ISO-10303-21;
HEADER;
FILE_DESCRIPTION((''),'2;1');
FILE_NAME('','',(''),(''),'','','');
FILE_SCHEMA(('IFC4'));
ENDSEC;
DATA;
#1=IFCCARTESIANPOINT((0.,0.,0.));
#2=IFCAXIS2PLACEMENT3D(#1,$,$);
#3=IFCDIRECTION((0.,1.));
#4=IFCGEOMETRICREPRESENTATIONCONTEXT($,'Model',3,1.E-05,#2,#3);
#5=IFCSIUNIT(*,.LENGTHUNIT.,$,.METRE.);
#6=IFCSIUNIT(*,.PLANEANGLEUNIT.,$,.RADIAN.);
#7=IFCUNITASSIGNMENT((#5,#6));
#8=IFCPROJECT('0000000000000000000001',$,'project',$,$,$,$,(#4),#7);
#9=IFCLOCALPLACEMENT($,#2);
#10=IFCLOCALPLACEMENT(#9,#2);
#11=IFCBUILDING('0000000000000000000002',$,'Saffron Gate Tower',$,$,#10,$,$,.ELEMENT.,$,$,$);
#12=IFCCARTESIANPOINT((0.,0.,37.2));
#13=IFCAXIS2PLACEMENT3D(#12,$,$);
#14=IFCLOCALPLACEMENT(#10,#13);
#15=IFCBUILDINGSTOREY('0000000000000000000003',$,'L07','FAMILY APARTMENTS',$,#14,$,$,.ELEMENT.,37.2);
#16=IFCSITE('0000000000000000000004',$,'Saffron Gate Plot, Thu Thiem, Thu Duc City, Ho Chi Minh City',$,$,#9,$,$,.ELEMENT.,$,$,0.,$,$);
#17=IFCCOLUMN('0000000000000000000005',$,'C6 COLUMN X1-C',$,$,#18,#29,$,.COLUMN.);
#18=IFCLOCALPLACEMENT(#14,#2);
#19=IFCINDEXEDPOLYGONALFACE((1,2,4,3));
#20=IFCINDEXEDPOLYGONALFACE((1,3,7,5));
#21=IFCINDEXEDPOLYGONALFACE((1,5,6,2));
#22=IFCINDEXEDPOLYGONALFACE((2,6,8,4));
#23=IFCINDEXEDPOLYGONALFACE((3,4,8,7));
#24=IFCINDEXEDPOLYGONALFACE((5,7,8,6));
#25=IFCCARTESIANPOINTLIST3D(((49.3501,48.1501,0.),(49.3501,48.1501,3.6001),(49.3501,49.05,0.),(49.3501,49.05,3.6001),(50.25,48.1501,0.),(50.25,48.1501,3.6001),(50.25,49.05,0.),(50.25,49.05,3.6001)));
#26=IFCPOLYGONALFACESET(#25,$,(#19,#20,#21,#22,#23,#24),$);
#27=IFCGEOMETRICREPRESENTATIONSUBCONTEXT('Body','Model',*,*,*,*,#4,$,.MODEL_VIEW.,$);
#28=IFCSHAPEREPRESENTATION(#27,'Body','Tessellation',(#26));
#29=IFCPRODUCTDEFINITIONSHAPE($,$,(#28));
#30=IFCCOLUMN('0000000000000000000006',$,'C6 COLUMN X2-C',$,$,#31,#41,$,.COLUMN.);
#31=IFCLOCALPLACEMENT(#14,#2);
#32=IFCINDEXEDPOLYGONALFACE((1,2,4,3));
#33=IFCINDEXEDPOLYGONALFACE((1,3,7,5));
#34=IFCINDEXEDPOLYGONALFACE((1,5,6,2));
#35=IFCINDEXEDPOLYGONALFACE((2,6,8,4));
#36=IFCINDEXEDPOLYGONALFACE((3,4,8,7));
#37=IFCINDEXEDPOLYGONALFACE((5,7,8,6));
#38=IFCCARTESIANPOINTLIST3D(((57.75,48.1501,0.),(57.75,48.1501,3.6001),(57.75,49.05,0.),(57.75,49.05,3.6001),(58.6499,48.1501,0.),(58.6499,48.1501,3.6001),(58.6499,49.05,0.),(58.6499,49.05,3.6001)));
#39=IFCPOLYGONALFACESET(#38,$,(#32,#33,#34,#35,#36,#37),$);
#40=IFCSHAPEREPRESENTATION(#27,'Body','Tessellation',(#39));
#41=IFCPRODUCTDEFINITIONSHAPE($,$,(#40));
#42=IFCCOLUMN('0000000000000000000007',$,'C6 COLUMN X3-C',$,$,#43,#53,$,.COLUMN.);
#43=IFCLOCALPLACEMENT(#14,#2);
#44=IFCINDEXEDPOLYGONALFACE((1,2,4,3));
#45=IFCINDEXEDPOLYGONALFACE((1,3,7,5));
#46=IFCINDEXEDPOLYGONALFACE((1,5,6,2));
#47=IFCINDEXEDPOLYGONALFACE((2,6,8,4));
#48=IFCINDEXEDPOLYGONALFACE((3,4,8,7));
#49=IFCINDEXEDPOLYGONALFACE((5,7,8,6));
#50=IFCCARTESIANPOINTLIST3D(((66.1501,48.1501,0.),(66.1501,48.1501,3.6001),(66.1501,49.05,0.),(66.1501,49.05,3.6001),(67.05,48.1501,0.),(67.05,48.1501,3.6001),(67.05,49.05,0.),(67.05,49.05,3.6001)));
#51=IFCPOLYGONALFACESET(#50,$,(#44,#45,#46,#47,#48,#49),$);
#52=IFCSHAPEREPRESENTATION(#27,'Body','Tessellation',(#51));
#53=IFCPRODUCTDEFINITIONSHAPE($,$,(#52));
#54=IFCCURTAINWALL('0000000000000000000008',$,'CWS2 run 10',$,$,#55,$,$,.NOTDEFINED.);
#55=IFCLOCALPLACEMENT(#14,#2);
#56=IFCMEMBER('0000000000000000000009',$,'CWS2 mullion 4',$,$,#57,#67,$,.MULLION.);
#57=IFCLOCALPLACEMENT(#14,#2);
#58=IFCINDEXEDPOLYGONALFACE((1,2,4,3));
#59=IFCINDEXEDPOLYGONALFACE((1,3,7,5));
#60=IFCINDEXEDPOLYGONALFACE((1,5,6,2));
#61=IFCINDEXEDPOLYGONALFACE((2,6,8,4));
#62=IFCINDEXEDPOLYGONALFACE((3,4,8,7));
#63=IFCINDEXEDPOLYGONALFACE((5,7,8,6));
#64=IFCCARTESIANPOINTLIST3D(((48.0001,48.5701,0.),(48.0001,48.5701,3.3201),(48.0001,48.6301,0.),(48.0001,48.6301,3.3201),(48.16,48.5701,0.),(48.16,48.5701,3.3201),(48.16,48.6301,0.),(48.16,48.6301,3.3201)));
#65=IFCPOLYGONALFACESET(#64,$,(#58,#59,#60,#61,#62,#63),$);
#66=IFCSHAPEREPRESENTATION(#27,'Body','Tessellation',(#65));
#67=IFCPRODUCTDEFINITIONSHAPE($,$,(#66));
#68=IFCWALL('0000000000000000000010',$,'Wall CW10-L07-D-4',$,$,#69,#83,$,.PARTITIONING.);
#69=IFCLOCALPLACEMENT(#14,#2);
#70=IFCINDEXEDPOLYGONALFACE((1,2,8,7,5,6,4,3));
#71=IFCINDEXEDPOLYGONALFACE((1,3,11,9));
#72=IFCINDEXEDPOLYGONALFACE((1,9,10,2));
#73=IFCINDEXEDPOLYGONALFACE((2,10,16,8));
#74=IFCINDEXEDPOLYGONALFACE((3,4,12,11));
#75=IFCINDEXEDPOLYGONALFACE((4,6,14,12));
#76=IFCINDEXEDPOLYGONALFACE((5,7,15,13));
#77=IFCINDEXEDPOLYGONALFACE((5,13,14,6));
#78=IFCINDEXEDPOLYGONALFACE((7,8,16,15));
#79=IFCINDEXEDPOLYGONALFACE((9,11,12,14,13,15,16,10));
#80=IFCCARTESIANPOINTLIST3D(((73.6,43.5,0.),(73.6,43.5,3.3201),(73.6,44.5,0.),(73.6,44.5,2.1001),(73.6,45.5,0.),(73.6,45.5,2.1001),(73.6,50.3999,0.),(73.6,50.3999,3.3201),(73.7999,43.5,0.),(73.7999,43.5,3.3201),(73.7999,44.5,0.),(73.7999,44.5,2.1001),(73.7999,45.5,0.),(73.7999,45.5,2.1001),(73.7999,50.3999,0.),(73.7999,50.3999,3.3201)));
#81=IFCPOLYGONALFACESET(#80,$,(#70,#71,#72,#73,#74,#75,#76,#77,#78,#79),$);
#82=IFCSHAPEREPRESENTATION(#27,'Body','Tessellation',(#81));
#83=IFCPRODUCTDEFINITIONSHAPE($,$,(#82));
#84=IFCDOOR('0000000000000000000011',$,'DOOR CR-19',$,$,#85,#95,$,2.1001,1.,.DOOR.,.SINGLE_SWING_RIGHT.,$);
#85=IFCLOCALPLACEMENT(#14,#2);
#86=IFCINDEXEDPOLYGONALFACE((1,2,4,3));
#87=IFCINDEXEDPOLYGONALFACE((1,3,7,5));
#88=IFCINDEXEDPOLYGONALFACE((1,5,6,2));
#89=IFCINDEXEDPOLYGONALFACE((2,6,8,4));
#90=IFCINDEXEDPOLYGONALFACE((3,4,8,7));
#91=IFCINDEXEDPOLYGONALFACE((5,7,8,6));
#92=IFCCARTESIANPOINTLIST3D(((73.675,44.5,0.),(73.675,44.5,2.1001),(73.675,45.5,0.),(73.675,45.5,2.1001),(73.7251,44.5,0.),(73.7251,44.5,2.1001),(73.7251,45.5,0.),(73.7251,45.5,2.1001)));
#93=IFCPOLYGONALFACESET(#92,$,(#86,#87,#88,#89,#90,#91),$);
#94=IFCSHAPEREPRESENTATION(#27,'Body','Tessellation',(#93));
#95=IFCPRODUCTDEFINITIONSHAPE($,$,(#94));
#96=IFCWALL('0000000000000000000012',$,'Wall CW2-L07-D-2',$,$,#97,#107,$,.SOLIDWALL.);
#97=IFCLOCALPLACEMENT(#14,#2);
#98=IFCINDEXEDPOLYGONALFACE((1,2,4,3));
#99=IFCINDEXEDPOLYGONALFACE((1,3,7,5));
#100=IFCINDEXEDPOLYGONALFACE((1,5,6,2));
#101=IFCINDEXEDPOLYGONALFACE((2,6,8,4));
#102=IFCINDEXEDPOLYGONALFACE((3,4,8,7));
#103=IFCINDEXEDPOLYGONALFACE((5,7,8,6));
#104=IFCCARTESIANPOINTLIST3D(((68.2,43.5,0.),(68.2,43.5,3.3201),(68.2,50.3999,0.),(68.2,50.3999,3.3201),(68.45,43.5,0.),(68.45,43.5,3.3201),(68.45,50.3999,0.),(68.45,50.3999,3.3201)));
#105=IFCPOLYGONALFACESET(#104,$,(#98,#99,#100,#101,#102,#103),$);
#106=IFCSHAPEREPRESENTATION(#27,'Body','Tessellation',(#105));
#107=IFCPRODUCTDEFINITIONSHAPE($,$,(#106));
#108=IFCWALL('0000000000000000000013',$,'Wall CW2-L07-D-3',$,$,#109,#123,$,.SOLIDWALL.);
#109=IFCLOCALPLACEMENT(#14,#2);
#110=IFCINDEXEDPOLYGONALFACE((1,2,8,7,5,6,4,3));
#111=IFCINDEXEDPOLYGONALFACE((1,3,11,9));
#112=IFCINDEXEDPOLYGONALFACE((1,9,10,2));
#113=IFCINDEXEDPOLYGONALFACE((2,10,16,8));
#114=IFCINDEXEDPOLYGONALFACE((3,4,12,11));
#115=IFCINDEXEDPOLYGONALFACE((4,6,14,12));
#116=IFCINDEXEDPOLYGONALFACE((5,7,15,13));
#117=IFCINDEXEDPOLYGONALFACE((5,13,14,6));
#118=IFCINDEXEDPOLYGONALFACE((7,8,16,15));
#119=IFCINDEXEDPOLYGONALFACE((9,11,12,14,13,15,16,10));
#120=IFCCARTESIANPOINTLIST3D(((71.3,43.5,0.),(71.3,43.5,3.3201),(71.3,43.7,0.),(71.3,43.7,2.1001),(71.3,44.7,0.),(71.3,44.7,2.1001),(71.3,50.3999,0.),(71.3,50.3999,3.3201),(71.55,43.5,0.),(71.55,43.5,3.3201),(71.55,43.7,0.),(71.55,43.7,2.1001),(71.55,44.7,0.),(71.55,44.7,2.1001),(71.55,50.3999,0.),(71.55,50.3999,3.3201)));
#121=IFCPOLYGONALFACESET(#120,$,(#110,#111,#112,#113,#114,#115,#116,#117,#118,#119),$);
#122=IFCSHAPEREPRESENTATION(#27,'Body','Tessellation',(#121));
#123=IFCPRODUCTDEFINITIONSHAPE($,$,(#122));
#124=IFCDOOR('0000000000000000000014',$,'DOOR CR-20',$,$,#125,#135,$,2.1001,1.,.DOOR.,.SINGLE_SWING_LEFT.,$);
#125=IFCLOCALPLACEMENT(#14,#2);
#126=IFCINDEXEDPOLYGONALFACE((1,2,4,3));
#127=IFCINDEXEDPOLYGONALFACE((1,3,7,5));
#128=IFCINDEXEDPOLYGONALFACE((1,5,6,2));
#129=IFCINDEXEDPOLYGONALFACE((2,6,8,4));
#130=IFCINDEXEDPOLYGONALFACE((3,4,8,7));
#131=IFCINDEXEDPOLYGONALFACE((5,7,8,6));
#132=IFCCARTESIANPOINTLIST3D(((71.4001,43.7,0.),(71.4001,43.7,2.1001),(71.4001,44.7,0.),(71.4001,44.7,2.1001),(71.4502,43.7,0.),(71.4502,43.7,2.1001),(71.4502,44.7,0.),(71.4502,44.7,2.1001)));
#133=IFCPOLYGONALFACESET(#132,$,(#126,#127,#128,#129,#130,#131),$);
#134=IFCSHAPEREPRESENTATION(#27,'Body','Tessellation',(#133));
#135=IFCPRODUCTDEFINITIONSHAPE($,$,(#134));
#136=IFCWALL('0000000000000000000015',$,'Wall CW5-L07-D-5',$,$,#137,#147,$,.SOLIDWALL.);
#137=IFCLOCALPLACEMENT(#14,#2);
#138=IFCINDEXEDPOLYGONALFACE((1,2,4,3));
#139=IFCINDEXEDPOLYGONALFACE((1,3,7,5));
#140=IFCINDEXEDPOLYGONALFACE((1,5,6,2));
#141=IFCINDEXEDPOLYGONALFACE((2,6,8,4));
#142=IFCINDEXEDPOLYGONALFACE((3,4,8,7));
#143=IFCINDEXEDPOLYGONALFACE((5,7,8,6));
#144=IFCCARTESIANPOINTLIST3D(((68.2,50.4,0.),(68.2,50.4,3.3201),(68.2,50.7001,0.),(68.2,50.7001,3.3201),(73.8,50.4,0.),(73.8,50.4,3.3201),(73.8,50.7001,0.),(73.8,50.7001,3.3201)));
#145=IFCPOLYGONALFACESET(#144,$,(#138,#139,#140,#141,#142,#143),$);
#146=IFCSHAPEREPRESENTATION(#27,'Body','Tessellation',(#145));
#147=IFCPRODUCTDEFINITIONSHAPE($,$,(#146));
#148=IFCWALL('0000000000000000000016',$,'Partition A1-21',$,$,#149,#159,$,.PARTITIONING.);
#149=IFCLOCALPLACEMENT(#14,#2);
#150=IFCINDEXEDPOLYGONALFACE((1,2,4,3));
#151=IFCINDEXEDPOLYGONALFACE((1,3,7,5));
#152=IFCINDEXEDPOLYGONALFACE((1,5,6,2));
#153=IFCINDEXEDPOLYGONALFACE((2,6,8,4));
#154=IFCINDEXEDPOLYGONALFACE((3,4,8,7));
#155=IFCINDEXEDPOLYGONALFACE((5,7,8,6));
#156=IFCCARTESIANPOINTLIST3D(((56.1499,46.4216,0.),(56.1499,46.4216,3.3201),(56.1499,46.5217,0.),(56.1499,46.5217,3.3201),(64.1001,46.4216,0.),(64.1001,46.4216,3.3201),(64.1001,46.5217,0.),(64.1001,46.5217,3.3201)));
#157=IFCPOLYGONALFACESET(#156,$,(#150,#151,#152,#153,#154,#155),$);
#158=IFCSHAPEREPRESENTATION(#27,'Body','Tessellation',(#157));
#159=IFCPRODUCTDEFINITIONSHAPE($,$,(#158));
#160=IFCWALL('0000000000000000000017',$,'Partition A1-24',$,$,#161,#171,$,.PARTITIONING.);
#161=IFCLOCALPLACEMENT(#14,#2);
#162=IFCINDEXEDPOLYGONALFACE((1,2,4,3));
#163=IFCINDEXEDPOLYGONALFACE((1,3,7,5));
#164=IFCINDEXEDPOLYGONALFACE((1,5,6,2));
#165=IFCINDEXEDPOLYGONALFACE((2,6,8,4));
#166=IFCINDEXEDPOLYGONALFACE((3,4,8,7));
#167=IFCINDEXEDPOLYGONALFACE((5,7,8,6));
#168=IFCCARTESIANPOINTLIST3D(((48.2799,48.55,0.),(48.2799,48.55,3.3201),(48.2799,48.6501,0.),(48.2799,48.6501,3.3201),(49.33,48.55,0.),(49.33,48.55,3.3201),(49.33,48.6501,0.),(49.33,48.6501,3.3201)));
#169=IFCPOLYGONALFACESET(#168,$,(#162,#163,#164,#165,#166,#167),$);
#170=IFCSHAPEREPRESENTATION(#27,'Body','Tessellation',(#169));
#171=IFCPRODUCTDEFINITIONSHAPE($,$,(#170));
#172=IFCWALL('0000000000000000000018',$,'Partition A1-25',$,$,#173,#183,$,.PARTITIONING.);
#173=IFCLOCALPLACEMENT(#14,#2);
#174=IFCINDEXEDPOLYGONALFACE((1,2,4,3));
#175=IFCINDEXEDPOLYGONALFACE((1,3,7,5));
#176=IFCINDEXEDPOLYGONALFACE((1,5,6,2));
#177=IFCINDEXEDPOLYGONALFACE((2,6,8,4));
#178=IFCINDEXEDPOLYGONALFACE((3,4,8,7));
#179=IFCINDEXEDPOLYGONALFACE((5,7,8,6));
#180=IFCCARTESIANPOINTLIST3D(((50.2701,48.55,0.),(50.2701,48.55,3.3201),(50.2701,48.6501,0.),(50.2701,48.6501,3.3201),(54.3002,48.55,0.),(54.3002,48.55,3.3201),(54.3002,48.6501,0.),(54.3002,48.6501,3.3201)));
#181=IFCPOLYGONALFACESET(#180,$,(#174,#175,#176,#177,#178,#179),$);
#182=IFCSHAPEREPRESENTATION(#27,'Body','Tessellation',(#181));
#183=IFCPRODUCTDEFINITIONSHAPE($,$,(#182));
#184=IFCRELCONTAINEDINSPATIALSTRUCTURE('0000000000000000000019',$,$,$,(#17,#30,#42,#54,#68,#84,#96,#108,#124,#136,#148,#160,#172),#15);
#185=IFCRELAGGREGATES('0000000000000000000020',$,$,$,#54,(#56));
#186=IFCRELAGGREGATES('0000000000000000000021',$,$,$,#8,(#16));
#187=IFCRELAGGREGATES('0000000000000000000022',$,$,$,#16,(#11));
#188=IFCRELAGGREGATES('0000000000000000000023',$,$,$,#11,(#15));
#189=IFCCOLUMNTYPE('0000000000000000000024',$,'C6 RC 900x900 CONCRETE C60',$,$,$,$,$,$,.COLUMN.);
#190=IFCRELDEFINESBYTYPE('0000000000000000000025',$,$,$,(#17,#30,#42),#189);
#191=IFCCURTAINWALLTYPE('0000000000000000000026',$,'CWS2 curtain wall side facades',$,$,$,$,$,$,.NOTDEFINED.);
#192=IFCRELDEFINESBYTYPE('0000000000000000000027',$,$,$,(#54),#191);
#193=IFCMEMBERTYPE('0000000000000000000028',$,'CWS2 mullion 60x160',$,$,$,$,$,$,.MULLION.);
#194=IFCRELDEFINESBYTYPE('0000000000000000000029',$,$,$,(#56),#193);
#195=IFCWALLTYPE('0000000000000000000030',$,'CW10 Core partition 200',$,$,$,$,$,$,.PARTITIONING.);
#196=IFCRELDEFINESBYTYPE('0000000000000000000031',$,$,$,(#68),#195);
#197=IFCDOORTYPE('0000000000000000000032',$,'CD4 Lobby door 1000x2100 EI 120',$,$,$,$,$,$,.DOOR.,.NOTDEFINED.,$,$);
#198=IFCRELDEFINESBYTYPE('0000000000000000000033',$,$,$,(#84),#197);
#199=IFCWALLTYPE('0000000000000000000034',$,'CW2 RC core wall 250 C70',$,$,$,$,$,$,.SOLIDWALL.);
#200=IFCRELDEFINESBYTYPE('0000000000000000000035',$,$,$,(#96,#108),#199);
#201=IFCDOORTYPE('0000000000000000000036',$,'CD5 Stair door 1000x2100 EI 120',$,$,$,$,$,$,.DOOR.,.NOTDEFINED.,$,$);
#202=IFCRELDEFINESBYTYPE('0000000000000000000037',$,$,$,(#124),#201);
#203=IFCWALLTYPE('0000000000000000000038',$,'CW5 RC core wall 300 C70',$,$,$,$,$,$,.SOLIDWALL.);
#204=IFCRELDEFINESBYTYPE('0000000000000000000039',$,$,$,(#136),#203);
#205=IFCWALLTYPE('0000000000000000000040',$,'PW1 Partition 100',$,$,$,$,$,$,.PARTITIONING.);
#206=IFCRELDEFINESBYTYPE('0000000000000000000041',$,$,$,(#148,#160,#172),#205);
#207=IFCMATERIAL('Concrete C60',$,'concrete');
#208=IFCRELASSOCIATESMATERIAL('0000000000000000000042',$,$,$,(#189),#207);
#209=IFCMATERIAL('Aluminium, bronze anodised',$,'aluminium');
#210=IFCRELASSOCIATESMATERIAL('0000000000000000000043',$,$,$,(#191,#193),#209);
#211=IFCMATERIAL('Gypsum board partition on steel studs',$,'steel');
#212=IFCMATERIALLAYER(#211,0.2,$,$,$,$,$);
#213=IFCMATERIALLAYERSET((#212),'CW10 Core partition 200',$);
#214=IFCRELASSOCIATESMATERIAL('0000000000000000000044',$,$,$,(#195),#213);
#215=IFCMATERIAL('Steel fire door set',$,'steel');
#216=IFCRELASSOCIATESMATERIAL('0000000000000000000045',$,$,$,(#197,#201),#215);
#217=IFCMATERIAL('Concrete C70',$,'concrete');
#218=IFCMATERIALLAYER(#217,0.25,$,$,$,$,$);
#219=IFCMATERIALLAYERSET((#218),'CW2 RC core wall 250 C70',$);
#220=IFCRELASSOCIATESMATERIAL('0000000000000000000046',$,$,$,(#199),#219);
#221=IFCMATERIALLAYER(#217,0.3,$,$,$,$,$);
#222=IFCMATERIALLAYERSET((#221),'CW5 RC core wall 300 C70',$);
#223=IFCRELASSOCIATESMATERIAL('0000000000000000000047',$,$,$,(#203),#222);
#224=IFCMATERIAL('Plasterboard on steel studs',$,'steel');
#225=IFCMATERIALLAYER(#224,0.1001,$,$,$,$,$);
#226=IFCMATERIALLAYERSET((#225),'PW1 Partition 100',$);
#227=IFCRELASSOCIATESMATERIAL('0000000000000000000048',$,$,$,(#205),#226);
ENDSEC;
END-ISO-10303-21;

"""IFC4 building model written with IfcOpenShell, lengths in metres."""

from ifc_helpers import new_model, si_unit, direction, frame, frame_2d, origin, origin_2d, place, context, subcontext, project, spatial, rectangle, extrude, material, layer, layer_set, material_profile, profile_set, type_object, element, fill, aggregate, save


model = new_model("IFC4")

# Units and contexts
model_context = context("Model", 3, precision=1e-05, world=origin(), true_north=direction((0.0, 1.0)))
body_context = subcontext(model_context, "Body", "Model", "MODEL_VIEW")
ifc_project = project(units=[si_unit("LENGTHUNIT", "METRE"), si_unit("PLANEANGLEUNIT", "RADIAN")], contexts=[model_context])

# Site, building, storey
site_placement = place(None, origin())
site = spatial("IfcSite", under=ifc_project, at=site_placement, Name="Saffron Gate Plot, Thu Thiem, Thu Duc City, Ho Chi Minh City", CompositionType="ELEMENT", RefElevation=0.0)
building_placement = place(site_placement, origin())
building = spatial("IfcBuilding", under=site, at=building_placement, Name="Saffron Gate Tower", CompositionType="ELEMENT")
storey_placement = place(building_placement, frame((0.0, 0.0, 37.2)))
storey = spatial("IfcBuildingStorey", under=building, at=storey_placement, Name="L07", Description="FAMILY APARTMENTS", CompositionType="ELEMENT", Elevation=37.2)

# Columns
ifc_material_1 = material(Name="Concrete C60", Category="concrete")
ifc_material_profile_1 = material_profile(ifc_material_1, rectangle(XDim=0.8999, YDim=0.8999, at=origin_2d()))
ifc_profile_set_1 = profile_set([ifc_material_profile_1], Name="Concrete C60")
column_type = type_object("IfcColumnType", Name="C6 RC 900x900 CONCRETE C60", PredefinedType="COLUMN", material=ifc_profile_set_1)
for number, where, z_axis, x_axis, name in (
    (1, (49.8, 48.6001, 0.0), (0.0, 0.0, 1.0), (1.0, 0.0, 0.0), "C6 COLUMN X1-C"),
    (2, (58.2, 48.6001, 0.0), (0.0, 0.0, 1.0), (1.0, 0.0, 0.0), "C6 COLUMN X2-C"),
    (3, (66.6001, 48.6001, 0.0), (0.0, 0.0, 1.0), (1.0, 0.0, 0.0), "C6 COLUMN X3-C"),
):
    element("IfcColumn", number, at=place(storey_placement, frame(where, z_axis=z_axis, x_axis=x_axis)), inside=storey, type_object=column_type, Name=name, PredefinedType="COLUMN", context=body_context, shape_type="SweptSolid", body=[
        extrude(rectangle(XDim=0.8999, YDim=0.8999, at=origin_2d()), origin(), (0.0, 0.0, 1.0), 3.6001),
    ])

# Curtain wall, member
ifc_material_2 = material(Name="Aluminium, bronze anodised", Category="aluminium")
curtain_wall_type = type_object("IfcCurtainWallType", Name="CWS2 curtain wall side facades", PredefinedType="NOTDEFINED", material=ifc_material_2)
curtain_wall_placement = place(storey_placement, origin())
curtain_wall = element("IfcCurtainWall", 4, at=curtain_wall_placement, inside=storey, type_object=curtain_wall_type, Name="CWS2 run 10", PredefinedType="NOTDEFINED")
ifc_material_profile_2 = material_profile(ifc_material_2, rectangle(XDim=0.1599, YDim=0.0601, at=origin_2d()))
ifc_profile_set_2 = profile_set([ifc_material_profile_2], Name="Aluminium, bronze anodised")
member_type = type_object("IfcMemberType", Name="CWS2 mullion 60x160", PredefinedType="MULLION", material=ifc_profile_set_2)
member_placement = place(storey_placement, frame((48.0801, 48.6001, 0.0), z_axis=(0.0, 0.0, 1.0), x_axis=(1.0, 0.0, 0.0)))
member = element("IfcMember", 5, at=member_placement, type_object=member_type, Name="CWS2 mullion 4", PredefinedType="MULLION", context=body_context, shape_type="SweptSolid", body=[
    extrude(rectangle(XDim=0.1599, YDim=0.0601, at=origin_2d()), origin(), (0.0, 0.0, 1.0), 3.3201),
])
aggregate(curtain_wall, [member])

# Wall, opening, door
ifc_material_3 = material(Name="Gypsum board partition on steel studs", Category="steel")
ifc_layer_1 = layer(ifc_material_3, 0.2)
ifc_layer_set_1 = layer_set([ifc_layer_1], Name="CW10 Core partition 200")
wall_type_1 = type_object("IfcWallType", Name="CW10 Core partition 200", PredefinedType="PARTITIONING", material=ifc_layer_set_1)
wall_1_placement = place(storey_placement, frame((73.7, 43.5, 0.0), z_axis=(0.0, 0.0, 1.0), x_axis=(0.0, 1.0, 0.0)))
wall_1 = element("IfcWall", 6, at=wall_1_placement, inside=storey, type_object=wall_type_1, Name="Wall CW10-L07-D-4", PredefinedType="PARTITIONING", context=body_context, shape_type="SweptSolid", body=[
    extrude(rectangle(XDim=6.8999, YDim=0.2, at=frame_2d((3.45, 0.0))), origin(), (0.0, 0.0, 1.0), 3.3201),
])
opening_1_placement = place(wall_1_placement, frame((1.0, 0.0, 0.0)))
opening_1 = element("IfcOpeningElement", 7, at=opening_1_placement, cuts=wall_1, PredefinedType="OPENING", context=body_context, shape_type="SweptSolid", body=[
    extrude(rectangle(XDim=1.0, YDim=2.1001, at=frame_2d((0.5, 1.05))), frame((0.0, 0.1099, 0.0), z_axis=(0.0, -1.0, 0.0), x_axis=(1.0, 0.0, 0.0)), (0.0, 0.0, 1.0), 0.22),
])
ifc_material_4 = material(Name="Steel fire door set", Category="steel")
door_type_1 = type_object("IfcDoorType", Name="CD4 Lobby door 1000x2100 EI 120", OperationType="NOTDEFINED", PredefinedType="DOOR", material=ifc_material_4)
door_1_placement = place(opening_1_placement, origin())
door_1 = element("IfcDoor", 8, at=door_1_placement, inside=storey, type_object=door_type_1, Name="DOOR CR-19", OperationType="SINGLE_SWING_RIGHT", OverallHeight=2.1001, OverallWidth=1.0, PredefinedType="DOOR", context=body_context, shape_type="SweptSolid", body=[
    extrude(rectangle(XDim=1.0, YDim=2.1001, at=frame_2d((0.5, 1.05))), frame((0.0, 0.0249, 0.0), z_axis=(0.0, -1.0, 0.0), x_axis=(1.0, 0.0, 0.0)), (0.0, 0.0, 1.0), 0.05),
])
fill(opening_1, door_1)

# Wall
ifc_material_5 = material(Name="Concrete C70", Category="concrete")
ifc_layer_2 = layer(ifc_material_5, 0.25)
ifc_layer_set_2 = layer_set([ifc_layer_2], Name="CW2 RC core wall 250 C70")
wall_type_2 = type_object("IfcWallType", Name="CW2 RC core wall 250 C70", PredefinedType="SOLIDWALL", material=ifc_layer_set_2)
wall_2_placement = place(storey_placement, frame((68.325, 43.5, 0.0), z_axis=(0.0, 0.0, 1.0), x_axis=(0.0, 1.0, 0.0)))
element("IfcWall", 9, at=wall_2_placement, inside=storey, type_object=wall_type_2, Name="Wall CW2-L07-D-2", PredefinedType="SOLIDWALL", context=body_context, shape_type="SweptSolid", body=[
    extrude(rectangle(XDim=6.8999, YDim=0.25, at=frame_2d((3.45, 0.0))), origin(), (0.0, 0.0, 1.0), 3.3201),
])

# Wall, opening, door
wall_3_placement = place(storey_placement, frame((71.425, 43.5, 0.0), z_axis=(0.0, 0.0, 1.0), x_axis=(0.0, 1.0, 0.0)))
wall_3 = element("IfcWall", 10, at=wall_3_placement, inside=storey, type_object=wall_type_2, Name="Wall CW2-L07-D-3", PredefinedType="SOLIDWALL", context=body_context, shape_type="SweptSolid", body=[
    extrude(rectangle(XDim=6.8999, YDim=0.25, at=frame_2d((3.45, 0.0))), origin(), (0.0, 0.0, 1.0), 3.3201),
])
opening_2_placement = place(wall_3_placement, frame((0.2, 0.0, 0.0)))
opening_2 = element("IfcOpeningElement", 11, at=opening_2_placement, cuts=wall_3, PredefinedType="OPENING", context=body_context, shape_type="SweptSolid", body=[
    extrude(rectangle(XDim=1.0, YDim=2.1001, at=frame_2d((0.5, 1.05))), frame((0.0, 0.135, 0.0), z_axis=(0.0, -1.0, 0.0), x_axis=(1.0, 0.0, 0.0)), (0.0, 0.0, 1.0), 0.27),
])
door_type_2 = type_object("IfcDoorType", Name="CD5 Stair door 1000x2100 EI 120", OperationType="NOTDEFINED", PredefinedType="DOOR", material=ifc_material_4)
door_2_placement = place(opening_2_placement, origin())
door_2 = element("IfcDoor", 12, at=door_2_placement, inside=storey, type_object=door_type_2, Name="DOOR CR-20", OperationType="SINGLE_SWING_LEFT", OverallHeight=2.1001, OverallWidth=1.0, PredefinedType="DOOR", context=body_context, shape_type="SweptSolid", body=[
    extrude(rectangle(XDim=1.0, YDim=2.1001, at=frame_2d((0.5, 1.05))), frame((0.0, 0.0249, 0.0), z_axis=(0.0, -1.0, 0.0), x_axis=(1.0, 0.0, 0.0)), (0.0, 0.0, 1.0), 0.05),
])
fill(opening_2, door_2)

# Walls
ifc_layer_3 = layer(ifc_material_5, 0.3)
ifc_layer_set_3 = layer_set([ifc_layer_3], Name="CW5 RC core wall 300 C70")
wall_type_3 = type_object("IfcWallType", Name="CW5 RC core wall 300 C70", PredefinedType="SOLIDWALL", material=ifc_layer_set_3)
wall_4_placement = place(storey_placement, frame((68.2, 50.55, 0.0), z_axis=(0.0, 0.0, 1.0), x_axis=(1.0, 0.0, 0.0)))
element("IfcWall", 13, at=wall_4_placement, inside=storey, type_object=wall_type_3, Name="Wall CW5-L07-D-5", PredefinedType="SOLIDWALL", context=body_context, shape_type="SweptSolid", body=[
    extrude(rectangle(XDim=5.6001, YDim=0.3, at=frame_2d((2.8, 0.0))), origin(), (0.0, 0.0, 1.0), 3.3201),
])
ifc_material_6 = material(Name="Plasterboard on steel studs", Category="steel")
ifc_layer_4 = layer(ifc_material_6, 0.1001)
ifc_layer_set_4 = layer_set([ifc_layer_4], Name="PW1 Partition 100")
wall_type_4 = type_object("IfcWallType", Name="PW1 Partition 100", PredefinedType="PARTITIONING", material=ifc_layer_set_4)
wall_5_placement = place(storey_placement, frame((56.1499, 46.4717, 0.0), z_axis=(0.0, 0.0, 1.0), x_axis=(1.0, 0.0, 0.0)))
element("IfcWall", 14, at=wall_5_placement, inside=storey, type_object=wall_type_4, Name="Partition A1-21", PredefinedType="PARTITIONING", context=body_context, shape_type="SweptSolid", body=[
    extrude(rectangle(XDim=7.9502, YDim=0.1001, at=frame_2d((3.9751, 0.0))), origin(), (0.0, 0.0, 1.0), 3.3201),
])
wall_6_placement = place(storey_placement, frame((48.28, 48.6001, 0.0), z_axis=(0.0, 0.0, 1.0), x_axis=(1.0, 0.0, 0.0)))
element("IfcWall", 15, at=wall_6_placement, inside=storey, type_object=wall_type_4, Name="Partition A1-24", PredefinedType="PARTITIONING", context=body_context, shape_type="SweptSolid", body=[
    extrude(rectangle(XDim=1.05, YDim=0.1001, at=frame_2d((0.5249, 0.0))), origin(), (0.0, 0.0, 1.0), 3.3201),
])
wall_7_placement = place(storey_placement, frame((50.27, 48.6001, 0.0), z_axis=(0.0, 0.0, 1.0), x_axis=(1.0, 0.0, 0.0)))
element("IfcWall", 16, at=wall_7_placement, inside=storey, type_object=wall_type_4, Name="Partition A1-25", PredefinedType="PARTITIONING", context=body_context, shape_type="SweptSolid", body=[
    extrude(rectangle(XDim=4.03, YDim=0.1001, at=frame_2d((2.0151, 0.0))), origin(), (0.0, 0.0, 1.0), 3.3201),
])

save(model, "model.ifc")
